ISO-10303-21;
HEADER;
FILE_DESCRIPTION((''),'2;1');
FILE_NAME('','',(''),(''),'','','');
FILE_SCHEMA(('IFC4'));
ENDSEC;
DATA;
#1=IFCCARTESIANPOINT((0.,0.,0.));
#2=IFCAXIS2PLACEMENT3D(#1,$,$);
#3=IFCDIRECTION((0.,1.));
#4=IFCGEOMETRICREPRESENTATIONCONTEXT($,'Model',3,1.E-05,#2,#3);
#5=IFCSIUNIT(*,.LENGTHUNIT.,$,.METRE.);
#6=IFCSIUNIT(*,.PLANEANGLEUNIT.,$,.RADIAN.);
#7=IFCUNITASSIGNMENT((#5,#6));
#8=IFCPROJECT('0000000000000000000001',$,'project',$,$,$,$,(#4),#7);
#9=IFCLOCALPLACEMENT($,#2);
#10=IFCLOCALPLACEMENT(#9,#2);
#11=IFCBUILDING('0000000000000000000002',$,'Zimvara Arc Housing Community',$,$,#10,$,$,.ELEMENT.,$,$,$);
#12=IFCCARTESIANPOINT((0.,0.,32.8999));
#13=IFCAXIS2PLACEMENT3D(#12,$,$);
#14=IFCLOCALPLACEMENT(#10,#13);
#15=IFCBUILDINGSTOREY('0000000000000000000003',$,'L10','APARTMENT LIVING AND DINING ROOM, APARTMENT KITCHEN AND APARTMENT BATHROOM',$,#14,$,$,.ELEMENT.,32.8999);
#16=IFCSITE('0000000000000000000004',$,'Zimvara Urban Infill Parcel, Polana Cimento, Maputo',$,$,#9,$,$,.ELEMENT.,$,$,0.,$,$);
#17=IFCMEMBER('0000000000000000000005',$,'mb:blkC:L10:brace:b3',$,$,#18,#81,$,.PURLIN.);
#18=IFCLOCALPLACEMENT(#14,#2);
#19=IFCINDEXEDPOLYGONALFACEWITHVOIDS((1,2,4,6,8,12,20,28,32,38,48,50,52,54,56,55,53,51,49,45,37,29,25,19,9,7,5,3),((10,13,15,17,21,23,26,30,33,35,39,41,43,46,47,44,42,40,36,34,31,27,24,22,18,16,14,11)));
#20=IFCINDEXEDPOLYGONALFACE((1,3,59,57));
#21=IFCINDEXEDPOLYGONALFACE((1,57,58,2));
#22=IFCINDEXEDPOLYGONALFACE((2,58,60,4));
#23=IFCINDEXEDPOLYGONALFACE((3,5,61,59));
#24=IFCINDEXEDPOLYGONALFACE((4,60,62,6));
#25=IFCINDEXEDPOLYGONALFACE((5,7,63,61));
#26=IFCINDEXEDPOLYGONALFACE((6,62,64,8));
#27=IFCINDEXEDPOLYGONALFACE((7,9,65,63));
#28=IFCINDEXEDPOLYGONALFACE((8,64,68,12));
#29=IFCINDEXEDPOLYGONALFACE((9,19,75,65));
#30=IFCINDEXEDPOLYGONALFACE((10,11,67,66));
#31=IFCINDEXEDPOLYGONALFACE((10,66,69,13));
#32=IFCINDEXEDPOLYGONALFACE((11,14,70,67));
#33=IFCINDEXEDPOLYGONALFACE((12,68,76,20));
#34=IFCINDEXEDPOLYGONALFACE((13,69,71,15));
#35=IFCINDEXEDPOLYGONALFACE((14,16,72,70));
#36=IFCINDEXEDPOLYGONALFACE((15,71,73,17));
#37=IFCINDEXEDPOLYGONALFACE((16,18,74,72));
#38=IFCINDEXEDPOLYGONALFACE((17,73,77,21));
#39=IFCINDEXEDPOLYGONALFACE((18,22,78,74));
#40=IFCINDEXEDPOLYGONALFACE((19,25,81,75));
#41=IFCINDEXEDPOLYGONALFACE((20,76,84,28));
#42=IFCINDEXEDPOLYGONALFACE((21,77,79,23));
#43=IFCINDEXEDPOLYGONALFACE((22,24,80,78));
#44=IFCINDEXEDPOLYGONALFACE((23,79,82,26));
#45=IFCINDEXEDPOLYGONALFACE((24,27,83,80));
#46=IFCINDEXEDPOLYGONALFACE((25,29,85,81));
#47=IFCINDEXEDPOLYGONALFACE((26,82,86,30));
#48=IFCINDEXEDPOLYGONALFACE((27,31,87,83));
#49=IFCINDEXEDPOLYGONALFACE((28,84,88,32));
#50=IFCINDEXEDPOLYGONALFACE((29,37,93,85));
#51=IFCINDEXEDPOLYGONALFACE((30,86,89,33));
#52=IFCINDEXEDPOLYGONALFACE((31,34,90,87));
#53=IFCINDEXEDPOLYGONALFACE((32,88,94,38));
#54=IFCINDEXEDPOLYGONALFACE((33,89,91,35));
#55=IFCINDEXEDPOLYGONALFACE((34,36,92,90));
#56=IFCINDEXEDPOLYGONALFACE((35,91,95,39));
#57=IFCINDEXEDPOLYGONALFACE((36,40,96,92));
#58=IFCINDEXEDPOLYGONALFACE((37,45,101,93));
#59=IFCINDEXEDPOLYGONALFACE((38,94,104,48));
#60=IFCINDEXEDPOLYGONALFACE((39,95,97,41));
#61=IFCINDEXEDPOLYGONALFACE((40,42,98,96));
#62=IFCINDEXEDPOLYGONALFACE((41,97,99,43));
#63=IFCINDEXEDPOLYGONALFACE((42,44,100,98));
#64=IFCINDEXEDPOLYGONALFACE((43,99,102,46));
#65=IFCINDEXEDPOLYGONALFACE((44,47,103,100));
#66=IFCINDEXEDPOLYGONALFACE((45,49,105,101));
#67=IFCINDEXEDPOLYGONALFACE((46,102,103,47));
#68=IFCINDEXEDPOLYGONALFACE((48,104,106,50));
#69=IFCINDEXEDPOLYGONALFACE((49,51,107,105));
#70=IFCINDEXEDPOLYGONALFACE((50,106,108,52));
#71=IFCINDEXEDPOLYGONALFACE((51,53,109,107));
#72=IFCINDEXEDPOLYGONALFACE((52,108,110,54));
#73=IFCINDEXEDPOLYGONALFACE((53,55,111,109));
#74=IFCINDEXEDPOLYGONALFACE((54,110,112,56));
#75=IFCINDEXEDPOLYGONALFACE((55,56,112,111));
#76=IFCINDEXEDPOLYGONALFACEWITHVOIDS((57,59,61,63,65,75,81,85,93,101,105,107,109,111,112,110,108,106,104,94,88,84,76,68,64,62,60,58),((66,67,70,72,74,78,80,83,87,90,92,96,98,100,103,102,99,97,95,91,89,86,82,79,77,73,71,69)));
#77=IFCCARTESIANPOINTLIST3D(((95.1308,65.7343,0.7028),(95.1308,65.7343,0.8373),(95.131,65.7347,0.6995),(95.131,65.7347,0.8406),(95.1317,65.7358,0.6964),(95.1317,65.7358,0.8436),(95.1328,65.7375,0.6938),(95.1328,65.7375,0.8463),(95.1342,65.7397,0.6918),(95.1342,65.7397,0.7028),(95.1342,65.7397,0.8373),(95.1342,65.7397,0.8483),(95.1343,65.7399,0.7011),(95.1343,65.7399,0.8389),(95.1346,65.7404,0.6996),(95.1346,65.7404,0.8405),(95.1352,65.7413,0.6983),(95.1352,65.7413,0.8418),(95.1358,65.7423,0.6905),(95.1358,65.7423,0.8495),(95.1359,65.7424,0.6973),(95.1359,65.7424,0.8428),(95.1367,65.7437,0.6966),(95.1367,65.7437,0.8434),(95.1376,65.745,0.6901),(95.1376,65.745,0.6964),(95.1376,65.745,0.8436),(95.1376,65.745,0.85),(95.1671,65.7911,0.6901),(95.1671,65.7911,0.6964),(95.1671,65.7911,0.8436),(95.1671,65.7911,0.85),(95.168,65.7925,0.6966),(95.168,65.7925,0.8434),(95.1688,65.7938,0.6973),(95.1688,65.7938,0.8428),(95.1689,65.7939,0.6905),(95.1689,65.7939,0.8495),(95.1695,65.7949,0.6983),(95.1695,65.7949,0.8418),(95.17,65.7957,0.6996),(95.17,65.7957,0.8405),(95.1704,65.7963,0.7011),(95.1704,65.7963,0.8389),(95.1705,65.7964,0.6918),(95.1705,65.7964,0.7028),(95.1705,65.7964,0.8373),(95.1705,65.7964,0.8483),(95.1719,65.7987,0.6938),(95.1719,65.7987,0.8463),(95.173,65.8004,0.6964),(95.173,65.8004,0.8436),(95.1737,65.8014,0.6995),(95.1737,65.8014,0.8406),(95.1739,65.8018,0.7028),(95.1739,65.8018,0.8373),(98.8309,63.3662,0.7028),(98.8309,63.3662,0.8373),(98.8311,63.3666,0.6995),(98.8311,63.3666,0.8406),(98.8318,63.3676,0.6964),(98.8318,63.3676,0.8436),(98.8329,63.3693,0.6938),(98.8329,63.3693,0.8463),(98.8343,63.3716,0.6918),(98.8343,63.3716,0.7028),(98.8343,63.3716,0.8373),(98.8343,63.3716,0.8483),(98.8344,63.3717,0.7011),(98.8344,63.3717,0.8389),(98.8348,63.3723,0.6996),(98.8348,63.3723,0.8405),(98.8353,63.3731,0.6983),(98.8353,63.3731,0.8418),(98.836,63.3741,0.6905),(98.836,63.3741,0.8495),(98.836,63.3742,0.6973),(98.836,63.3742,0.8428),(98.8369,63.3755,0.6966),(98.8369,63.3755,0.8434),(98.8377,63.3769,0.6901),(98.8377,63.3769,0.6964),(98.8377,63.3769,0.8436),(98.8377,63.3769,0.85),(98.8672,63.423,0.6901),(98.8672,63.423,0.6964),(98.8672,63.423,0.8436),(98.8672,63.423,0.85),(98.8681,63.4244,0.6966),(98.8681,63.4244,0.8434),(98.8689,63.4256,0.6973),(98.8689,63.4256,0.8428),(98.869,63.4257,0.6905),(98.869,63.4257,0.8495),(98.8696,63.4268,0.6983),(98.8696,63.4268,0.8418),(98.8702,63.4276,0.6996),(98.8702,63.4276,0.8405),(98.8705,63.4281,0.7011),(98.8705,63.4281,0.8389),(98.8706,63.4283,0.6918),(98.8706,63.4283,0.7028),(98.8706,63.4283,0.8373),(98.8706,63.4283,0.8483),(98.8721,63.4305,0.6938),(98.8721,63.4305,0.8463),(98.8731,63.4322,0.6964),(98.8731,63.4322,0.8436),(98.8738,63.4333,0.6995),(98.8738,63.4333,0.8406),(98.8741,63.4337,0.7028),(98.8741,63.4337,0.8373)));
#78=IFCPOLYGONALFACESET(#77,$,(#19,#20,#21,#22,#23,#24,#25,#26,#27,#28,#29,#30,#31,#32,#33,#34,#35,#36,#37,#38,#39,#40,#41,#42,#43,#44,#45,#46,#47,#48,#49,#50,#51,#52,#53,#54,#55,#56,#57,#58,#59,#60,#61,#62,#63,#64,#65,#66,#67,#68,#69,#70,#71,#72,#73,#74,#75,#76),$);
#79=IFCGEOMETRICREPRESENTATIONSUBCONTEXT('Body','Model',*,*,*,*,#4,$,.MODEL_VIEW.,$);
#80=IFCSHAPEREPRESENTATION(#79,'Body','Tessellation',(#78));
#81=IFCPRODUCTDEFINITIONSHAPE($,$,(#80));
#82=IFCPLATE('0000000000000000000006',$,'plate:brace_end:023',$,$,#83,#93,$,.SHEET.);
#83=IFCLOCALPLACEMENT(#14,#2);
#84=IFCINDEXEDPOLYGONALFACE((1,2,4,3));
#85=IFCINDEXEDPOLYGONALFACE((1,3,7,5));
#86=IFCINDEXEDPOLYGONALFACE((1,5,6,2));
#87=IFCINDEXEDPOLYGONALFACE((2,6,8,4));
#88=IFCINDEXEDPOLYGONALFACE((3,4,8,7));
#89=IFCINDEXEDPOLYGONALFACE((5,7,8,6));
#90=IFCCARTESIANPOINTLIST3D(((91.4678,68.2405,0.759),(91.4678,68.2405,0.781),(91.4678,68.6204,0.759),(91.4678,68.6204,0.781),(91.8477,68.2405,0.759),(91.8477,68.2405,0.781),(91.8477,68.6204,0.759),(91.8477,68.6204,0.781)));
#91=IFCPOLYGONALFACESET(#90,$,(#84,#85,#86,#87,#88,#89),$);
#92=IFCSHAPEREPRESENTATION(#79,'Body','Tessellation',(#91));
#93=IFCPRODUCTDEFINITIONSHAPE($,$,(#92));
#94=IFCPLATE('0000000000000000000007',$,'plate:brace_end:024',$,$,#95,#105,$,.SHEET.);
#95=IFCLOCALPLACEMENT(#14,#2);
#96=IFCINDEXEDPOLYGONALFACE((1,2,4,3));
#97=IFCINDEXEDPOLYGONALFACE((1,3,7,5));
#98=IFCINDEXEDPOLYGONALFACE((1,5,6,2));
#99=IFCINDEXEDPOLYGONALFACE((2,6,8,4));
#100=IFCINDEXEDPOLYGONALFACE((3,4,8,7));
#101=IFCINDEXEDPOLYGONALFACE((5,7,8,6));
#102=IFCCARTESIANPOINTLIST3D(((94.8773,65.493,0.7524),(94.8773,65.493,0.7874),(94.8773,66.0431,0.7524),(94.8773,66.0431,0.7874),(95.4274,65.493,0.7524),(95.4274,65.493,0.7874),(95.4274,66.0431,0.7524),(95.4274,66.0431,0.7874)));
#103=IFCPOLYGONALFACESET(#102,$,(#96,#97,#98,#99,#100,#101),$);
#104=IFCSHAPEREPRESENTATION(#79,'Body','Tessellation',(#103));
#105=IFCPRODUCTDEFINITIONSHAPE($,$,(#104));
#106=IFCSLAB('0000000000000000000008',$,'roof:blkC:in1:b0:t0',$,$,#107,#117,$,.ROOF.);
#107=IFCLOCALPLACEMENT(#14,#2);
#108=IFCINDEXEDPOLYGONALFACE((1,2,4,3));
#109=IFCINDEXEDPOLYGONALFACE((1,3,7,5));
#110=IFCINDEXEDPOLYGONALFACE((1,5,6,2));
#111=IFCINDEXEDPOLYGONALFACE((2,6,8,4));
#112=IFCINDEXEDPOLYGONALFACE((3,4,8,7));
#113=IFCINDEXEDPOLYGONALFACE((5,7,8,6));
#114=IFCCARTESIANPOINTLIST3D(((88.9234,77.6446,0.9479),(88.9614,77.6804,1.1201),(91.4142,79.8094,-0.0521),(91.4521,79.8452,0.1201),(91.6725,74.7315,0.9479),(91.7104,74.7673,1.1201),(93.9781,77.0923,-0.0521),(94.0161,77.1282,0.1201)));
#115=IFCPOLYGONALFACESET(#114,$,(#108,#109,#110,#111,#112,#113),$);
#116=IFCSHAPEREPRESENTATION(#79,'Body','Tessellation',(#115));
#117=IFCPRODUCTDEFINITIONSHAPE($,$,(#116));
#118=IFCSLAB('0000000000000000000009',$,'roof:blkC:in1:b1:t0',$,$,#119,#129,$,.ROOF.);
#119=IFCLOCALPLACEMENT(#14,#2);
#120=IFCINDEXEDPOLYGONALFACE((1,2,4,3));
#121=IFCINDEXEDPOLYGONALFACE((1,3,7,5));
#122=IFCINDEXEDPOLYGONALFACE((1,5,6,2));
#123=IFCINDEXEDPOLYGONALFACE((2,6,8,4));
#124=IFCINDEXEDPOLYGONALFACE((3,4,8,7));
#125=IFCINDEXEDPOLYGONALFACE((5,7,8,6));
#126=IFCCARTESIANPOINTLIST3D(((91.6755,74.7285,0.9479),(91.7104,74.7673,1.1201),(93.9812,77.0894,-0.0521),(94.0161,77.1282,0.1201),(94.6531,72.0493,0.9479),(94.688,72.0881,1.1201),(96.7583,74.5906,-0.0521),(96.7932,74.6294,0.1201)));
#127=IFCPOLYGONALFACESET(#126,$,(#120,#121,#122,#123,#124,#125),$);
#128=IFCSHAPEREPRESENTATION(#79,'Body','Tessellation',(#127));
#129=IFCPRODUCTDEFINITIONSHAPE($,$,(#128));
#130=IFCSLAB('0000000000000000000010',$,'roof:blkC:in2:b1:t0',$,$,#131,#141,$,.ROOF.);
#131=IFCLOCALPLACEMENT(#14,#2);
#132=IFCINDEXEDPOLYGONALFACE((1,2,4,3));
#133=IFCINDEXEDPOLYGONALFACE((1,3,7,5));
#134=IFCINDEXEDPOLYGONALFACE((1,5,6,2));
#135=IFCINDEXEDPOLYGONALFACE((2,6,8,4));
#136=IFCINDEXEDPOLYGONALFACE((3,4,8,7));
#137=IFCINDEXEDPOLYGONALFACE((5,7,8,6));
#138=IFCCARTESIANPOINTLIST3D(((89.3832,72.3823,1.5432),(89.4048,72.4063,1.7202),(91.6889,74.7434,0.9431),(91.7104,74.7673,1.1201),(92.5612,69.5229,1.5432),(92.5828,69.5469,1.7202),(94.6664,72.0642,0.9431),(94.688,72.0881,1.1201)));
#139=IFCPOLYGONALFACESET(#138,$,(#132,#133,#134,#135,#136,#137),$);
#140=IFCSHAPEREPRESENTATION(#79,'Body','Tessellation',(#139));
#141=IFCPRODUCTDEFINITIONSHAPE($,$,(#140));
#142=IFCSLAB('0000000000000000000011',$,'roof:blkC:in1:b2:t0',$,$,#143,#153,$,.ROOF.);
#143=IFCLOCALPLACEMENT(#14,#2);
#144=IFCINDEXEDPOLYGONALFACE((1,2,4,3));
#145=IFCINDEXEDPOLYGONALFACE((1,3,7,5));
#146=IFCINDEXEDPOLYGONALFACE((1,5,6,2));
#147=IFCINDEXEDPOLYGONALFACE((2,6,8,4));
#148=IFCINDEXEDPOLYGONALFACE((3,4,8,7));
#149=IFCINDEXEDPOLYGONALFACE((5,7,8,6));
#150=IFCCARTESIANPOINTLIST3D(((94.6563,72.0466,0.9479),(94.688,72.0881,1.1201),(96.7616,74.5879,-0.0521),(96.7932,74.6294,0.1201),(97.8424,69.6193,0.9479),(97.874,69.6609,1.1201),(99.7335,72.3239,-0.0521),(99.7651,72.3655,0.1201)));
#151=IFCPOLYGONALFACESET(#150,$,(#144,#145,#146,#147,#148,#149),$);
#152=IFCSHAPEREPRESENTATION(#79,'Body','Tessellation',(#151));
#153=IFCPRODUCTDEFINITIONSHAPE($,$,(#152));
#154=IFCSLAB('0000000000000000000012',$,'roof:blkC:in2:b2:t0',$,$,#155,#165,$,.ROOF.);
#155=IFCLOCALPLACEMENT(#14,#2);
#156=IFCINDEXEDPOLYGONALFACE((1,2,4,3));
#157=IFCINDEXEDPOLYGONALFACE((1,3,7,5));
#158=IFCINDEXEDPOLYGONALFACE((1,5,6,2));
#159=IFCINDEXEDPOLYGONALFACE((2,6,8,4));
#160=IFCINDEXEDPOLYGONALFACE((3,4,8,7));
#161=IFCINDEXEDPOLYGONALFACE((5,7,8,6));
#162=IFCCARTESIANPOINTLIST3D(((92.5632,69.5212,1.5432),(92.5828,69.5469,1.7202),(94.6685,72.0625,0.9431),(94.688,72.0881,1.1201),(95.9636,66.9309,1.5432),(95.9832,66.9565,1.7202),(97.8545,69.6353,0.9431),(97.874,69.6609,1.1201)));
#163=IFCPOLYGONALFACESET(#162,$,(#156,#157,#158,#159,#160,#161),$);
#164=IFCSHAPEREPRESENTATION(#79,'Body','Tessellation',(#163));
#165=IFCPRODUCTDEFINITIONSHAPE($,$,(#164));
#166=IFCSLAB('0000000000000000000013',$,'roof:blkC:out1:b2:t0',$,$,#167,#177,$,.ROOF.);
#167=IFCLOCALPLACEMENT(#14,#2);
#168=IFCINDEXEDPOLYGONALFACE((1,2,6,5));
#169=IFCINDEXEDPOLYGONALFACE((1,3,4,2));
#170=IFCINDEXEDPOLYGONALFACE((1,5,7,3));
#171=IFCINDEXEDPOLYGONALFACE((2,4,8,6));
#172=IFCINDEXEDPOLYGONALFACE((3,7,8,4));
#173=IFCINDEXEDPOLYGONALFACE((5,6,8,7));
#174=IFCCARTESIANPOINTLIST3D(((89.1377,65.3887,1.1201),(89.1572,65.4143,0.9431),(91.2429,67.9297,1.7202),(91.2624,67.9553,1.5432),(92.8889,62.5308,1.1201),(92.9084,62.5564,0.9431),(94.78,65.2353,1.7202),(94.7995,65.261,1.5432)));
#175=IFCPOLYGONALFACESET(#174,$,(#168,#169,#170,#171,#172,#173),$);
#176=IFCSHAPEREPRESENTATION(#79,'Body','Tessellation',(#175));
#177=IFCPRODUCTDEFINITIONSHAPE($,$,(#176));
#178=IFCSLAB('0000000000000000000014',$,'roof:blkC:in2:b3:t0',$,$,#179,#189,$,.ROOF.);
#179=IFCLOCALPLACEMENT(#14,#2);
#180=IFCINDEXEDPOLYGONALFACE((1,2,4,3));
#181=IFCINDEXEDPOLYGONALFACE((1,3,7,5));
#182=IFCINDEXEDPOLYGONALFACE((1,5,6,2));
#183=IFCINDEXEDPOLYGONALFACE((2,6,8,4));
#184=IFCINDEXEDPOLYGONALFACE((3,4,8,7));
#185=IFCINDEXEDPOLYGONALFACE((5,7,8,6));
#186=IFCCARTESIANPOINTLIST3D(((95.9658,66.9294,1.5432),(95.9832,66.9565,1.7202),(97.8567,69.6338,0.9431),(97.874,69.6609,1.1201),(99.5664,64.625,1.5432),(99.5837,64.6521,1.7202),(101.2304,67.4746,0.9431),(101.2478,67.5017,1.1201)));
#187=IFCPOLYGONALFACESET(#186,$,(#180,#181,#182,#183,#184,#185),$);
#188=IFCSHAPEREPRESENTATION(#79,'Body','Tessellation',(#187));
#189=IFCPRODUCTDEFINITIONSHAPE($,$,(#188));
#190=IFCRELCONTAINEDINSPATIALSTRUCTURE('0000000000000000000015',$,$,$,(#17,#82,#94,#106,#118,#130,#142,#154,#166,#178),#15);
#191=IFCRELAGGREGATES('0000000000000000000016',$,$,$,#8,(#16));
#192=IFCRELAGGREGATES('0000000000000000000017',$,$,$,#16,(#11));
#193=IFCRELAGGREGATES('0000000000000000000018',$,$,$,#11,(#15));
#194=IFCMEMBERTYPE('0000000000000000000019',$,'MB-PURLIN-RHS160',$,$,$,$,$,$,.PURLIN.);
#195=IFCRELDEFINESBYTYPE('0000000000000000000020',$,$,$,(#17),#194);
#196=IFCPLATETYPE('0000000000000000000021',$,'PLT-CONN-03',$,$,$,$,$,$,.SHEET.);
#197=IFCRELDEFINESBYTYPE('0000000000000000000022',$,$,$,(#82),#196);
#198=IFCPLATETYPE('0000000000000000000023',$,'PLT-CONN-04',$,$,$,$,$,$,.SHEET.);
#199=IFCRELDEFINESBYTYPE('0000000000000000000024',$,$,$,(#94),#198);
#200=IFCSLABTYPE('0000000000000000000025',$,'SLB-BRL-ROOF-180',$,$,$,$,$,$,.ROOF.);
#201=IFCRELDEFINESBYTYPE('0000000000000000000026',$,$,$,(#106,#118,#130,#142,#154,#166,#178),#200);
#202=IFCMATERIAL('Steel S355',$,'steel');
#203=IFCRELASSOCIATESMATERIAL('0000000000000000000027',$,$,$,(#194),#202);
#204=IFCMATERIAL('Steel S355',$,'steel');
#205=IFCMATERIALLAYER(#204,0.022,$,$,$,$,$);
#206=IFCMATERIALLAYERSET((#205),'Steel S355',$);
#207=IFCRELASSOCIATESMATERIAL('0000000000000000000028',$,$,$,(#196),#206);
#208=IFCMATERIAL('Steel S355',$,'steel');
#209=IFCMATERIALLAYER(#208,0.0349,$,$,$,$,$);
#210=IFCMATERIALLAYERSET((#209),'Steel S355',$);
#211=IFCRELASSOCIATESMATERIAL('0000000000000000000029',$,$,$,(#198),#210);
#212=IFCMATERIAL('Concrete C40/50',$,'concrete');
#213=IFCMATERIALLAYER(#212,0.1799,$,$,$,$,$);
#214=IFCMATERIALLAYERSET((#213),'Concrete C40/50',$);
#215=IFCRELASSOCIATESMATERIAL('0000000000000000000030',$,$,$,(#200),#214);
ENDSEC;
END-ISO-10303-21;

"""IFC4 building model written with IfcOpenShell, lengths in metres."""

from ifc_helpers import new_model, si_unit, direction, frame, origin, origin_2d, place, context, subcontext, project, spatial, polyline, rectangle, hollow_rectangle, outline, extrude, material, layer, layer_set, material_profile, profile_set, type_object, element, save


model = new_model("IFC4")

# Units and contexts
model_context = context("Model", 3, precision=1e-05, world=origin(), true_north=direction((0.0, 1.0)))
body_context = subcontext(model_context, "Body", "Model", "MODEL_VIEW")
ifc_project = project(units=[si_unit("LENGTHUNIT", "METRE"), si_unit("PLANEANGLEUNIT", "RADIAN")], contexts=[model_context])

# Site, building, storey
site_placement = place(None, origin())
site = spatial("IfcSite", under=ifc_project, at=site_placement, Name="Zimvara Urban Infill Parcel, Polana Cimento, Maputo", CompositionType="ELEMENT", RefElevation=0.0)
building_placement = place(site_placement, origin())
building = spatial("IfcBuilding", under=site, at=building_placement, Name="Zimvara Arc Housing Community", CompositionType="ELEMENT")
storey_placement = place(building_placement, frame((0.0, 0.0, 32.8999)))
storey = spatial("IfcBuildingStorey", under=building, at=storey_placement, Name="L10", Description="APARTMENT LIVING AND DINING ROOM, APARTMENT KITCHEN AND APARTMENT BATHROOM", CompositionType="ELEMENT", Elevation=32.8999)

# Member
ifc_material_1 = material(Name="Steel S355", Category="steel")
ifc_material_profile_1 = material_profile(ifc_material_1, hollow_rectangle(XDim=0.0801, YDim=0.1599, WallThickness=0.0063, InnerFilletRadius=0.0063, OuterFilletRadius=0.0127, at=origin_2d()), Name="RHS 160x80x6.3")
ifc_profile_set_1 = profile_set([ifc_material_profile_1], Name="Steel S355")
member_type_1 = type_object("IfcMemberType", Name="MB-PURLIN-RHS160", PredefinedType="PURLIN", material=ifc_profile_set_1)
member_1_placement = place(storey_placement, frame((95.1523, 65.7681, 0.77), z_axis=(0.842267, -0.53906, 0.0), x_axis=(0.53906, 0.842267, 0.0)))
element("IfcMember", 1, at=member_1_placement, inside=storey, type_object=member_type_1, Name="mb:blkC:L10:brace:b3", PredefinedType="PURLIN", context=body_context, shape_type="SweptSolid", body=[
    extrude(hollow_rectangle(XDim=0.0801, YDim=0.1599, WallThickness=0.0063, InnerFilletRadius=0.0063, OuterFilletRadius=0.0127, at=origin_2d()), origin(), (0.0, 0.0, 1.0), 4.3931),
])

# Plates
ifc_material_2 = material(Name="Steel S355", Category="steel")
ifc_layer_1 = layer(ifc_material_2, 0.022)
ifc_layer_set_1 = layer_set([ifc_layer_1], Name="Steel S355")
plate_type_1 = type_object("IfcPlateType", Name="PLT-CONN-03", PredefinedType="SHEET", material=ifc_layer_set_1)
plate_1_placement = place(storey_placement, frame((91.6577, 68.4304, 0.759), z_axis=(0.0, 0.0, 1.0), x_axis=(1.0, 0.0, 0.0)))
element("IfcPlate", 2, at=plate_1_placement, inside=storey, type_object=plate_type_1, Name="plate:brace_end:023", PredefinedType="SHEET", context=body_context, shape_type="SweptSolid", body=[
    extrude(rectangle(XDim=0.3799, YDim=0.3799, at=origin_2d()), origin(), (0.0, 0.0, 1.0), 0.022),
])
ifc_material_3 = material(Name="Steel S355", Category="steel")
ifc_layer_2 = layer(ifc_material_3, 0.0349)
ifc_layer_set_2 = layer_set([ifc_layer_2], Name="Steel S355")
plate_type_2 = type_object("IfcPlateType", Name="PLT-CONN-04", PredefinedType="SHEET", material=ifc_layer_set_2)
plate_2_placement = place(storey_placement, frame((95.1523, 65.7681, 0.7524), z_axis=(0.0, 0.0, 1.0), x_axis=(1.0, 0.0, 0.0)))
element("IfcPlate", 3, at=plate_2_placement, inside=storey, type_object=plate_type_2, Name="plate:brace_end:024", PredefinedType="SHEET", context=body_context, shape_type="SweptSolid", body=[
    extrude(rectangle(XDim=0.55, YDim=0.55, at=origin_2d()), origin(), (0.0, 0.0, 1.0), 0.0349),
])

# Slabs
ifc_material_4 = material(Name="Concrete C40/50", Category="concrete")
ifc_layer_3 = layer(ifc_material_4, 0.1799)
ifc_layer_set_3 = layer_set([ifc_layer_3], Name="Concrete C40/50")
slab_type = type_object("IfcSlabType", Name="SLB-BRL-ROOF-180", PredefinedType="ROOF", material=ifc_layer_set_3)
slab_1_placement = place(storey_placement, frame((91.4521, 79.8452, 0.1201), z_axis=(0.211083, 0.199193, 0.956957), x_axis=(0.686323, -0.727297, 0.000002)))
element("IfcSlab", 4, at=slab_1_placement, inside=storey, type_object=slab_type, Name="roof:blkC:in1:b0:t0", PredefinedType="ROOF", context=body_context, shape_type="SweptSolid", body=[
    extrude(outline(polyline([(0.0, 0.0), (3.7358, 0.0), (3.8704, -3.4455), (-0.135, -3.4455), (0.0, 0.0)])), origin(), (0.0, 0.0, -1.0), 0.1799),
])
slab_2_placement = place(storey_placement, frame((94.0161, 77.1282, 0.1201), z_axis=(0.19413, 0.21575, 0.956956), x_axis=(0.743375, -0.668875, -0.000002)))
element("IfcSlab", 5, at=slab_2_placement, inside=storey, type_object=slab_type, Name="roof:blkC:in1:b1:t0", PredefinedType="ROOF", context=body_context, shape_type="SweptSolid", body=[
    extrude(outline(polyline([(0.0, 0.0), (3.7358, 0.0), (3.8706, -3.4455), (-0.1349, -3.4455), (0.0, 0.0)])), origin(), (0.0, 0.0, -1.0), 0.1799),
])
slab_3_placement = place(storey_placement, frame((91.7104, 74.7673, 1.1201), z_axis=(0.119765, 0.133106, 0.983839), x_axis=(0.743367, -0.668884, 0.000003)))
element("IfcSlab", 6, at=slab_3_placement, inside=storey, type_object=slab_type, Name="roof:blkC:in2:b1:t0", PredefinedType="ROOF", context=body_context, shape_type="SweptSolid", body=[
    extrude(outline(polyline([(0.0, 0.0), (4.0055, 0.0), (4.1403, -3.3514), (-0.1347, -3.3515), (0.0, 0.0)])), origin(), (0.0, 0.0, -1.0), 0.1799),
])
slab_4_placement = place(storey_placement, frame((96.7932, 74.6294, 0.1201), z_axis=(0.175873, 0.230863, 0.956959), x_axis=(0.795483, -0.605976, -0.000006)))
element("IfcSlab", 7, at=slab_4_placement, inside=storey, type_object=slab_type, Name="roof:blkC:in1:b2:t0", PredefinedType="ROOF", context=body_context, shape_type="SweptSolid", body=[
    extrude(outline(polyline([(0.0, 0.0), (3.736, 0.0), (3.8706, -3.4457), (-0.1347, -3.4456), (0.0, 0.0)])), origin(), (0.0, 0.0, -1.0), 0.1799),
])
slab_5_placement = place(storey_placement, frame((94.688, 72.0881, 1.1201), z_axis=(0.108511, 0.142439, 0.983838), x_axis=(0.795457, -0.60601, 0.000004)))
element("IfcSlab", 8, at=slab_5_placement, inside=storey, type_object=slab_type, Name="roof:blkC:in2:b2:t0", PredefinedType="ROOF", context=body_context, shape_type="SweptSolid", body=[
    extrude(outline(polyline([(0.0, 0.0), (4.0053, 0.0), (4.14, -3.3512), (-0.1346, -3.3514), (0.0, 0.0)])), origin(), (0.0, 0.0, -1.0), 0.1799),
])
slab_6_placement = place(storey_placement, frame((92.8889, 62.5308, 1.1201), z_axis=(-0.108508, -0.142436, 0.983838), x_axis=(-0.795449, 0.60602, 0.000007)))
element("IfcSlab", 9, at=slab_6_placement, inside=storey, type_object=slab_type, Name="roof:blkC:out1:b2:t0", PredefinedType="ROOF", context=body_context, shape_type="SweptSolid", body=[
    extrude(outline(polyline([(0.0, 0.0), (4.7159, 0.0), (4.5812, -3.3512), (0.1348, -3.3516), (0.0, 0.0)])), origin(), (0.0, 0.0, -1.0), 0.1799),
])
slab_7_placement = place(storey_placement, frame((97.874, 69.6609, 1.1201), z_axis=(0.096526, 0.150821, 0.983837), x_axis=(0.842276, -0.539047, -0.000002)))
element("IfcSlab", 10, at=slab_7_placement, inside=storey, type_object=slab_type, Name="roof:blkC:in2:b3:t0", PredefinedType="ROOF", context=body_context, shape_type="SweptSolid", body=[
    extrude(outline(polyline([(0.0, 0.0), (4.0056, 0.0), (4.14, -3.3513), (-0.1349, -3.3512), (0.0, 0.0)])), origin(), (0.0, 0.0, -1.0), 0.1799),
])

save(model, "model.ifc")
